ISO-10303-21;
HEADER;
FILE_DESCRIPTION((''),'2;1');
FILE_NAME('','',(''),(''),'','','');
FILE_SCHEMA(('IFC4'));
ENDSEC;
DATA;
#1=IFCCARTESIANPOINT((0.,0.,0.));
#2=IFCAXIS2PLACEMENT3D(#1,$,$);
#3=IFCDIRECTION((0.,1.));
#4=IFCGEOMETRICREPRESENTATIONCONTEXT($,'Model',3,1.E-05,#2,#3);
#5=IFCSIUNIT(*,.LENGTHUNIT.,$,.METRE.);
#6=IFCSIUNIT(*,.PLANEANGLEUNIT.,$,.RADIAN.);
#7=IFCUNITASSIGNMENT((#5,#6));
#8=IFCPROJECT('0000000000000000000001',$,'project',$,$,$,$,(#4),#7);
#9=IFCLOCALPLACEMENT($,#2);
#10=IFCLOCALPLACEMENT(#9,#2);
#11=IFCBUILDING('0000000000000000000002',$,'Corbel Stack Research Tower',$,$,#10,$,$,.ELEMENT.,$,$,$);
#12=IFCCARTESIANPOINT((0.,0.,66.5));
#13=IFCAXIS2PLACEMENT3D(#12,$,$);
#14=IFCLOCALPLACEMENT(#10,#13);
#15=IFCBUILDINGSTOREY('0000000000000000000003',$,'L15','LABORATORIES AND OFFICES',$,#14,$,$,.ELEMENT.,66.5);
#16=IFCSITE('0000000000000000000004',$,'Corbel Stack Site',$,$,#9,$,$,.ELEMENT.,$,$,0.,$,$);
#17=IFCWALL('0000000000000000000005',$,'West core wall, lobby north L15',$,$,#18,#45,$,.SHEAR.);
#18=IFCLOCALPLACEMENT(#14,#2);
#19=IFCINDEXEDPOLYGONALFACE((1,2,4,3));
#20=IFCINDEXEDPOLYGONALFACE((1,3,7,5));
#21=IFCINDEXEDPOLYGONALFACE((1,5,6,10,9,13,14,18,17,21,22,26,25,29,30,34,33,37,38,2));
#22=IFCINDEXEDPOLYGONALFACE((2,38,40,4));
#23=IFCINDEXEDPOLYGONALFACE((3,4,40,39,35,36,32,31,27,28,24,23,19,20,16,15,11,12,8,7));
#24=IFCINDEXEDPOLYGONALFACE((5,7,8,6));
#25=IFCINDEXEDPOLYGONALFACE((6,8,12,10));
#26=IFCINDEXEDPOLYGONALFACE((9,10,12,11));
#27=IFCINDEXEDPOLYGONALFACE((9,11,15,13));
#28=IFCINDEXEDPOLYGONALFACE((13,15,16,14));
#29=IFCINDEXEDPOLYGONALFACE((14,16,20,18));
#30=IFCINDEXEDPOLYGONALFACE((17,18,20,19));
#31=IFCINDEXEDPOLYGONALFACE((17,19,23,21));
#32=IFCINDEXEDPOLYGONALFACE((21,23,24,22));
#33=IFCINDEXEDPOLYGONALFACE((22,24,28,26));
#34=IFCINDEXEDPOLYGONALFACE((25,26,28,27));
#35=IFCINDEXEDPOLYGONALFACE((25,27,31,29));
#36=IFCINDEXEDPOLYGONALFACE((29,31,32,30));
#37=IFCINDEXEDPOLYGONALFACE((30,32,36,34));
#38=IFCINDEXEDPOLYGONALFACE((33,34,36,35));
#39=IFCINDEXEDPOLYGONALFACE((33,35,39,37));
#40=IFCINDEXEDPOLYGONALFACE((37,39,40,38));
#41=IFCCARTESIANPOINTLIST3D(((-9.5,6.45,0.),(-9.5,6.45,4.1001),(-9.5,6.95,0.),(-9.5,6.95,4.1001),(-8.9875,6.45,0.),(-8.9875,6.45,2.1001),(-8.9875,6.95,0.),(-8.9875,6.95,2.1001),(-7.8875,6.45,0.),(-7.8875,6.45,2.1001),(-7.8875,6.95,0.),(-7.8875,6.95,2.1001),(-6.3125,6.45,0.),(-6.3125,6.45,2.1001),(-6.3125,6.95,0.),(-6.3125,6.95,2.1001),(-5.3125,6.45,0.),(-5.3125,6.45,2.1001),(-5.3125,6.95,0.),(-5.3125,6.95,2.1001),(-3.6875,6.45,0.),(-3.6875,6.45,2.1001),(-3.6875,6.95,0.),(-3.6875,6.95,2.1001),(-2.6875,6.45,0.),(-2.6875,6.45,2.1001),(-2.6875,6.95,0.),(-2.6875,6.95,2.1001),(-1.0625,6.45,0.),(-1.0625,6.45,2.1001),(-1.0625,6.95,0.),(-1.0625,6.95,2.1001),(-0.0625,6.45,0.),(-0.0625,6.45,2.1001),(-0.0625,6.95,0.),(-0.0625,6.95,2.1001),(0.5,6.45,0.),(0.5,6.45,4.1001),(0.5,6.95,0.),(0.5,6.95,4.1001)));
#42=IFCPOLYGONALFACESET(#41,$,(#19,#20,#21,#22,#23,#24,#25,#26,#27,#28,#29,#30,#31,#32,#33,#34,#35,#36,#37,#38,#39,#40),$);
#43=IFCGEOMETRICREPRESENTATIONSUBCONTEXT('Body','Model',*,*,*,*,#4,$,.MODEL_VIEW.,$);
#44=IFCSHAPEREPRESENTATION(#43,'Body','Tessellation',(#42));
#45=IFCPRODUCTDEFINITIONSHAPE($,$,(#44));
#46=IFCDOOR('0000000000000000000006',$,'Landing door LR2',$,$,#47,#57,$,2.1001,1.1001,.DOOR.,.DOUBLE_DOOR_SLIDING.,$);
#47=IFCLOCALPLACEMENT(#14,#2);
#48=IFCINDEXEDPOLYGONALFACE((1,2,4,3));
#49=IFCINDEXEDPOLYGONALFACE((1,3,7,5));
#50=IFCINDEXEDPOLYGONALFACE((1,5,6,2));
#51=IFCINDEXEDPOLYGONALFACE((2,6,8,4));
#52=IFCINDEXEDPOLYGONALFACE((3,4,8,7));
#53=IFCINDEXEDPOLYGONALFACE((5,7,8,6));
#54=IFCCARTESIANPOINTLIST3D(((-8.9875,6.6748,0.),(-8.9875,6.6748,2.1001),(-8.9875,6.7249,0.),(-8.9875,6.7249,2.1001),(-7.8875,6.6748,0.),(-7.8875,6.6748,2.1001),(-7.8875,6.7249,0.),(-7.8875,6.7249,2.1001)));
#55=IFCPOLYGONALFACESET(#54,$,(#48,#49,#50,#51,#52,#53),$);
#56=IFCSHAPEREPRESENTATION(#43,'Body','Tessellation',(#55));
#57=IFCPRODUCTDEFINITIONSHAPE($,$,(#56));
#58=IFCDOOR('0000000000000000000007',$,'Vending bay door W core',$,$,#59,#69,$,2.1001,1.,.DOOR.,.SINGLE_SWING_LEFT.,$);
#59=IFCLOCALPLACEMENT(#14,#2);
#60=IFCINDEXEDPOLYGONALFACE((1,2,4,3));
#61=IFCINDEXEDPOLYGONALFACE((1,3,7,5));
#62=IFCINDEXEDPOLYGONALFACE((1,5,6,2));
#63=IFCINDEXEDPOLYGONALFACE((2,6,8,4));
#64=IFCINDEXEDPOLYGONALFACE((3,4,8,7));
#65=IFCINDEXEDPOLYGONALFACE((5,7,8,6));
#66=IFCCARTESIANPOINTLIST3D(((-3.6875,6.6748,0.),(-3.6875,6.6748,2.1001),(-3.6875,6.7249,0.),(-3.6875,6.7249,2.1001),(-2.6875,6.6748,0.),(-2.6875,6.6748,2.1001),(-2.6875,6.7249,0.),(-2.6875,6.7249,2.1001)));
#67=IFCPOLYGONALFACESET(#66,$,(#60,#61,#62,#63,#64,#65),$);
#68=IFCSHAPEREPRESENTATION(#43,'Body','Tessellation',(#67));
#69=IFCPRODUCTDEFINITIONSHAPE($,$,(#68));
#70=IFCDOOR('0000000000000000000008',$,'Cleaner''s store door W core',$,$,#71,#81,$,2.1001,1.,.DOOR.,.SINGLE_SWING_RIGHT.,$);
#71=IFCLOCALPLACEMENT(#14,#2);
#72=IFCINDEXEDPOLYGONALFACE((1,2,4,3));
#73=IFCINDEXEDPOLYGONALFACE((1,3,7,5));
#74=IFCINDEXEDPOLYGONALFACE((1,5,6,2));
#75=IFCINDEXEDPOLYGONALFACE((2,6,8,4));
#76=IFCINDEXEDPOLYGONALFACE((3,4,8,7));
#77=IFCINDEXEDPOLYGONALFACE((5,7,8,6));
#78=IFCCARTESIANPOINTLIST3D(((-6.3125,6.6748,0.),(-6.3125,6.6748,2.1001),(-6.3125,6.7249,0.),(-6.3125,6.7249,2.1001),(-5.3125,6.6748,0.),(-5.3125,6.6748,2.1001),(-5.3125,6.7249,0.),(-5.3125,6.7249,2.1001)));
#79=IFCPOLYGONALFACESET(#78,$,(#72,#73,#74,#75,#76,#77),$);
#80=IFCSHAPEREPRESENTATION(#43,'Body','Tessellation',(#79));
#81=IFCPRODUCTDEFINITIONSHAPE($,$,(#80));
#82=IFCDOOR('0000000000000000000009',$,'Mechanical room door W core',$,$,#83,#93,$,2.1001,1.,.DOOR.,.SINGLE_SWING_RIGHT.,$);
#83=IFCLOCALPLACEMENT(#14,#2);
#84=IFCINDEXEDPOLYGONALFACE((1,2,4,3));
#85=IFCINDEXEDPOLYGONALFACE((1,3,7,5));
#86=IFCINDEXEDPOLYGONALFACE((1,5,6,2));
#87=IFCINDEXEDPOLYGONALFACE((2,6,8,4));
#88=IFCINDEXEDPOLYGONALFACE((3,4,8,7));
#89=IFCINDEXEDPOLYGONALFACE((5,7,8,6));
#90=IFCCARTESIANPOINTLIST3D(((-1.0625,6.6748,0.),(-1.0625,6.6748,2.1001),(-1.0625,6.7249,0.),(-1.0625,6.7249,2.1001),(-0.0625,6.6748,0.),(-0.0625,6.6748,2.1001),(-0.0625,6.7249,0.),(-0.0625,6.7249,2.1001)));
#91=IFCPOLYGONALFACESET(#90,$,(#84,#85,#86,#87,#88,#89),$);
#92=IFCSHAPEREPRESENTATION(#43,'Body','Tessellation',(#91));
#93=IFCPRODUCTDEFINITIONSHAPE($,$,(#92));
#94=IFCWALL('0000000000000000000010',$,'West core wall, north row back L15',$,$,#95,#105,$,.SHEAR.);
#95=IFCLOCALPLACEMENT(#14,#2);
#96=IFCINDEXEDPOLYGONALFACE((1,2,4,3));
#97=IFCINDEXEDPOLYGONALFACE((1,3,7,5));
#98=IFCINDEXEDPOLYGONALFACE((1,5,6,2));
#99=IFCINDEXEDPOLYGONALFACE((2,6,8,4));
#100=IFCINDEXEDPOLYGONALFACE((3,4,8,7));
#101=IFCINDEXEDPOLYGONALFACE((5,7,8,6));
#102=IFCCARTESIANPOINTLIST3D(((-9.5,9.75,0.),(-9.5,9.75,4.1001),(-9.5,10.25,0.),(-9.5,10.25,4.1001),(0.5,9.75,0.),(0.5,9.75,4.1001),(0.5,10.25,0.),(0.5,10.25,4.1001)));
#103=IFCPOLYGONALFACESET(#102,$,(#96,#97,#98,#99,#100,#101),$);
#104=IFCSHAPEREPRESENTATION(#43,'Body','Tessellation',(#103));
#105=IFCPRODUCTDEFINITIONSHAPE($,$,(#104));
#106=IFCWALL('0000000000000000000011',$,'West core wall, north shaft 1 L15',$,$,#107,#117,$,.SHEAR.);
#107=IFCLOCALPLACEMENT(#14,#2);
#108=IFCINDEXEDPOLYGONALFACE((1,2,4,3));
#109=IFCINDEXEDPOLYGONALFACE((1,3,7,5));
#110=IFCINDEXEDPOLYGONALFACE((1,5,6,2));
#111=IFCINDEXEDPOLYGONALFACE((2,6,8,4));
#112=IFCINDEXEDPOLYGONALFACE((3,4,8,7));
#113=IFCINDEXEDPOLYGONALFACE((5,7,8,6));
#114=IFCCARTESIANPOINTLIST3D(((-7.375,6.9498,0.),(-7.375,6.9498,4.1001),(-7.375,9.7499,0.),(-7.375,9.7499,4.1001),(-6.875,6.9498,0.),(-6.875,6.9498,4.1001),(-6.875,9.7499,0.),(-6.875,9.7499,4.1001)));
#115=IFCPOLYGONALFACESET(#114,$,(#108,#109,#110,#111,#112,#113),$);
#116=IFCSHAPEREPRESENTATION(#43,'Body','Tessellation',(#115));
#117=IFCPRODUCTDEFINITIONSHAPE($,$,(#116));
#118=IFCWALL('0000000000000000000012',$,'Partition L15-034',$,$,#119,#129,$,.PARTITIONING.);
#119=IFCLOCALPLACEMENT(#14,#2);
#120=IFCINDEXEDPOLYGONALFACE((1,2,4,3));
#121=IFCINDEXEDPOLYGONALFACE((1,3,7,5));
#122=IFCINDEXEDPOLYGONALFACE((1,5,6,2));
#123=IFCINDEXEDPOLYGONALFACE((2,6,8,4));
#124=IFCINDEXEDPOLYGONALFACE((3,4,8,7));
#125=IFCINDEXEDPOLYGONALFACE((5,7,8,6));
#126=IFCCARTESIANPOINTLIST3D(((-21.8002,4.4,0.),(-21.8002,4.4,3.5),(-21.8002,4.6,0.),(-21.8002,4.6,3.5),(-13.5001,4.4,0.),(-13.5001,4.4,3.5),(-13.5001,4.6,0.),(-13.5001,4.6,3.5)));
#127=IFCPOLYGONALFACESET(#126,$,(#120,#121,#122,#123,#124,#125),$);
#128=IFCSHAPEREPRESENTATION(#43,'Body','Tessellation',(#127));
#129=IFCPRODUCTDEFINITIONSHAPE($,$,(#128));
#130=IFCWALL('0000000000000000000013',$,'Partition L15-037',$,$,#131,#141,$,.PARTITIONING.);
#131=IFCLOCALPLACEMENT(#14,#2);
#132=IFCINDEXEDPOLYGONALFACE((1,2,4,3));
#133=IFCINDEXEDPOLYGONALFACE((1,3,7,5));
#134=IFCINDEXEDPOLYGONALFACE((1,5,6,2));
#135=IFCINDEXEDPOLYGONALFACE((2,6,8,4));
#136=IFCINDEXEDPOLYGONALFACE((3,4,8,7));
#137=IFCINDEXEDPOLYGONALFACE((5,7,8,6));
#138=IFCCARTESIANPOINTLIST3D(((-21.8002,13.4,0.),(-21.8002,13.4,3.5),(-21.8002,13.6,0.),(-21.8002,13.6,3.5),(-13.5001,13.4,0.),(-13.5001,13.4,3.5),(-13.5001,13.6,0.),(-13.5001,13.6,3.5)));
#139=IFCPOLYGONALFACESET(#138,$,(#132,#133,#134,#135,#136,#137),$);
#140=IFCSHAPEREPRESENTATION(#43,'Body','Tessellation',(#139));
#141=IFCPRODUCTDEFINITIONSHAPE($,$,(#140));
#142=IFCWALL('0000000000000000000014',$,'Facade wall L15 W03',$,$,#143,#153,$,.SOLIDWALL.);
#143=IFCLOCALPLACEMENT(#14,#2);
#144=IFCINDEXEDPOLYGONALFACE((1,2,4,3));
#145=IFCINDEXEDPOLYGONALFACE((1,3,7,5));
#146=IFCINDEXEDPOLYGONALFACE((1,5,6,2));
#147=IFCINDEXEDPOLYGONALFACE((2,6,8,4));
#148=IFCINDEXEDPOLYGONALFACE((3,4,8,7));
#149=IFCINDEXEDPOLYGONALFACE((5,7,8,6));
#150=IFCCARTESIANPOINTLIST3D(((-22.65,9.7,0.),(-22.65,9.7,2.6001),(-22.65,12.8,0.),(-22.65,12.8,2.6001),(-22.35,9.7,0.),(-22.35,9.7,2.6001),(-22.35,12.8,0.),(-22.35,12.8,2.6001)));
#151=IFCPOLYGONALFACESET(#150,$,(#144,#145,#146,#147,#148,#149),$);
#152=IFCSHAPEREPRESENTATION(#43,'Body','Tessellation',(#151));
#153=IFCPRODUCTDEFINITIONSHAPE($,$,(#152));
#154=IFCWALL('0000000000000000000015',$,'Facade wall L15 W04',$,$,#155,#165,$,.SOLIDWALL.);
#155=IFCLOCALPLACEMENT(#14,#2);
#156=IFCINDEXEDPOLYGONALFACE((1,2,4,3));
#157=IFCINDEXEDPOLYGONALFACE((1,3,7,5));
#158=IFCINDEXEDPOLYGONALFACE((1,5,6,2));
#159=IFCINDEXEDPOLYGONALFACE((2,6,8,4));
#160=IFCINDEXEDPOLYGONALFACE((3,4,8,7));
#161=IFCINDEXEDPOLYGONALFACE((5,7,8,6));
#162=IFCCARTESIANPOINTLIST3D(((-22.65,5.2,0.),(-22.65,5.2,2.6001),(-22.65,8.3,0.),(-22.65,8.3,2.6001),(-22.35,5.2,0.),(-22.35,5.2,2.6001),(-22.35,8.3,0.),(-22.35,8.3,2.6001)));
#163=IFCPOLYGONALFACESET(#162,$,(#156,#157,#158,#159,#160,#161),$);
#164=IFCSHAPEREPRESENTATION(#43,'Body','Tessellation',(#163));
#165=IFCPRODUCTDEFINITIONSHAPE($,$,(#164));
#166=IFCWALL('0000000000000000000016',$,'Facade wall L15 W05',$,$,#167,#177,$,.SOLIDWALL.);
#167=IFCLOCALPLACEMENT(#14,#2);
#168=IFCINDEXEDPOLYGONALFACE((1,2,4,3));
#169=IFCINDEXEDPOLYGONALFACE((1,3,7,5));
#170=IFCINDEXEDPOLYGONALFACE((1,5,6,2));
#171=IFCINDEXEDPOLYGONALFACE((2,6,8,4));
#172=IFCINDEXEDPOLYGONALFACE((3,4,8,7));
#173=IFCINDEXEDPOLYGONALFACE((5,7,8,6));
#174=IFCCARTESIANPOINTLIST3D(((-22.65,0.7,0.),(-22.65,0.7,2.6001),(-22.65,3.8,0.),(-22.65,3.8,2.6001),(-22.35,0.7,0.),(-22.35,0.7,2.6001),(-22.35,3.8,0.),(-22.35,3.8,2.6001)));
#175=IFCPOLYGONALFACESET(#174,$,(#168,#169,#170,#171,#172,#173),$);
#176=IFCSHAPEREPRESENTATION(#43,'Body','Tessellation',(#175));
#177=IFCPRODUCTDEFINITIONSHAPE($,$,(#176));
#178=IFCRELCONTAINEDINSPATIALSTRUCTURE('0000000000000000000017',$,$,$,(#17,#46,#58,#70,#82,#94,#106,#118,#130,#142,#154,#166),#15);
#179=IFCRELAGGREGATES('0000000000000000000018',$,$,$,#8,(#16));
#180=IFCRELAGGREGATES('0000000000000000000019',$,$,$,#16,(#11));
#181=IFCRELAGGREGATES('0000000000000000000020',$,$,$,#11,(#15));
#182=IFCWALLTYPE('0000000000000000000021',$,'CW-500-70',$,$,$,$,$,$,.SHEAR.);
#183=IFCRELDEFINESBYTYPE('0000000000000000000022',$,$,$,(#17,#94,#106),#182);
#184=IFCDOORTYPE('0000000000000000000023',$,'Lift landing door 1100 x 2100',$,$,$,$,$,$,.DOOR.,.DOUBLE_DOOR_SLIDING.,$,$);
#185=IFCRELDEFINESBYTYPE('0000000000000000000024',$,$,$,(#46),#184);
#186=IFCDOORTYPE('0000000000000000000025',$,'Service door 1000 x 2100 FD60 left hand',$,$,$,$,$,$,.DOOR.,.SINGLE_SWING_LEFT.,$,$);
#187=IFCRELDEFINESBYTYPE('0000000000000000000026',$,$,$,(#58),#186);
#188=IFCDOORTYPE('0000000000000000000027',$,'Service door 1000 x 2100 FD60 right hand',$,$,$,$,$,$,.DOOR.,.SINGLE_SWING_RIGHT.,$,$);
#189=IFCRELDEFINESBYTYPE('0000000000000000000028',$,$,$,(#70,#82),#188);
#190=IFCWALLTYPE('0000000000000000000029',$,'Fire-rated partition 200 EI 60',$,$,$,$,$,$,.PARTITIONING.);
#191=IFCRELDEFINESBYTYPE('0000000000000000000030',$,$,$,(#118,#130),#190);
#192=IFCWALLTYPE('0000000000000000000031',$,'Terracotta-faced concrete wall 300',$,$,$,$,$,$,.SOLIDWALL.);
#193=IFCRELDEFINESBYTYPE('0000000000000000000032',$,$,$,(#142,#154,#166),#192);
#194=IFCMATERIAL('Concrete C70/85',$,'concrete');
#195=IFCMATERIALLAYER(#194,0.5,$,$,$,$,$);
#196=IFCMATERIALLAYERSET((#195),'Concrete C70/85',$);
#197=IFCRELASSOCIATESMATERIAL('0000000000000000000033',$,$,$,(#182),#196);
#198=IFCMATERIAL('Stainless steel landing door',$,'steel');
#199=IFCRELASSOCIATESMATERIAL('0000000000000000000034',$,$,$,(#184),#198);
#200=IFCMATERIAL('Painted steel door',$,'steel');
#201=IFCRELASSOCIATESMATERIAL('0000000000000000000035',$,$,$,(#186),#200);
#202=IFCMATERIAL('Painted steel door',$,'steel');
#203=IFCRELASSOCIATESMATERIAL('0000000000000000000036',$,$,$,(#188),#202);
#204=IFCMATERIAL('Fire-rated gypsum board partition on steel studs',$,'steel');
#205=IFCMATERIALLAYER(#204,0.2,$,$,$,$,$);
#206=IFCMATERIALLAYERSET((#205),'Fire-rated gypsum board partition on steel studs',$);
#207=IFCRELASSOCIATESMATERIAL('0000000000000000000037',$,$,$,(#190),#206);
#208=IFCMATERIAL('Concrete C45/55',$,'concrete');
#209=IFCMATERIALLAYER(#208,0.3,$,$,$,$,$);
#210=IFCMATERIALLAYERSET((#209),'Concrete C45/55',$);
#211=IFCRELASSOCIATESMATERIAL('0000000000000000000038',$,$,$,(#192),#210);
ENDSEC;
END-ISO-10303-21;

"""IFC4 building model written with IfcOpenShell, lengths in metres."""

from ifc_helpers import new_model, si_unit, direction, frame, frame_2d, origin, place, context, subcontext, project, spatial, rectangle, extrude, material, layer, layer_set, type_object, element, fill, save


model = new_model("IFC4")

# Units and contexts
model_context = context("Model", 3, precision=1e-05, world=origin(), true_north=direction((0.0, 1.0)))
body_context = subcontext(model_context, "Body", "Model", "MODEL_VIEW")
ifc_project = project(units=[si_unit("LENGTHUNIT", "METRE"), si_unit("PLANEANGLEUNIT", "RADIAN")], contexts=[model_context])

# Site, building, storey
site_placement = place(None, origin())
site = spatial("IfcSite", under=ifc_project, at=site_placement, Name="Corbel Stack Site", CompositionType="ELEMENT", RefElevation=0.0)
building_placement = place(site_placement, origin())
building = spatial("IfcBuilding", under=site, at=building_placement, Name="Corbel Stack Research Tower", CompositionType="ELEMENT")
storey_placement = place(building_placement, frame((0.0, 0.0, 66.5)))
storey = spatial("IfcBuildingStorey", under=building, at=storey_placement, Name="L15", Description="LABORATORIES AND OFFICES", CompositionType="ELEMENT", Elevation=66.5)

# Wall, openings, doors
ifc_material_1 = material(Name="Concrete C70/85", Category="concrete")
ifc_layer_1 = layer(ifc_material_1, 0.5)
ifc_layer_set_1 = layer_set([ifc_layer_1], Name="Concrete C70/85")
wall_type_1 = type_object("IfcWallType", Name="CW-500-70", PredefinedType="SHEAR", material=ifc_layer_set_1)
ifc_material_2 = material(Name="Stainless steel landing door", Category="steel")
door_type_1 = type_object("IfcDoorType", Name="Lift landing door 1100 x 2100", OperationType="DOUBLE_DOOR_SLIDING", PredefinedType="DOOR", material=ifc_material_2)
wall_1_placement = place(storey_placement, frame((-9.5, 6.7, 0.0), z_axis=(0.0, 0.0, 1.0), x_axis=(1.0, 0.0, 0.0)))
wall_1 = element("IfcWall", 1, at=wall_1_placement, inside=storey, type_object=wall_type_1, Name="West core wall, lobby north L15", PredefinedType="SHEAR", context=body_context, shape_type="SweptSolid", body=[
    extrude(rectangle(XDim=10.0, YDim=0.5, at=frame_2d((5.0, 0.0))), origin(), (0.0, 0.0, 1.0), 4.1001),
])
opening_1_placement = place(wall_1_placement, frame((0.5125, 0.0, 0.0)))
opening_1 = element("IfcOpeningElement", 2, at=opening_1_placement, cuts=wall_1, PredefinedType="OPENING", context=body_context, shape_type="SweptSolid", body=[
    extrude(rectangle(XDim=1.1001, YDim=2.1001, at=frame_2d((0.55, 1.05))), frame((0.0, 0.26, 0.0), z_axis=(0.0, -1.0, 0.0), x_axis=(1.0, 0.0, 0.0)), (0.0, 0.0, 1.0), 0.52),
])
opening_2_placement = place(wall_1_placement, frame((3.1875, 0.0, 0.0)))
opening_2 = element("IfcOpeningElement", 3, at=opening_2_placement, cuts=wall_1, PredefinedType="OPENING", context=body_context, shape_type="SweptSolid", body=[
    extrude(rectangle(XDim=1.0, YDim=2.1001, at=frame_2d((0.5, 1.05))), frame((0.0, 0.26, 0.0), z_axis=(0.0, -1.0, 0.0), x_axis=(1.0, 0.0, 0.0)), (0.0, 0.0, 1.0), 0.52),
])
opening_3_placement = place(wall_1_placement, frame((5.8125, 0.0, 0.0)))
opening_3 = element("IfcOpeningElement", 4, at=opening_3_placement, cuts=wall_1, PredefinedType="OPENING", context=body_context, shape_type="SweptSolid", body=[
    extrude(rectangle(XDim=1.0, YDim=2.1001, at=frame_2d((0.5, 1.05))), frame((0.0, 0.26, 0.0), z_axis=(0.0, -1.0, 0.0), x_axis=(1.0, 0.0, 0.0)), (0.0, 0.0, 1.0), 0.52),
])
opening_4_placement = place(wall_1_placement, frame((8.4375, 0.0, 0.0)))
opening_4 = element("IfcOpeningElement", 5, at=opening_4_placement, cuts=wall_1, PredefinedType="OPENING", context=body_context, shape_type="SweptSolid", body=[
    extrude(rectangle(XDim=1.0, YDim=2.1001, at=frame_2d((0.5, 1.05))), frame((0.0, 0.26, 0.0), z_axis=(0.0, -1.0, 0.0), x_axis=(1.0, 0.0, 0.0)), (0.0, 0.0, 1.0), 0.52),
])
door_1_placement = place(opening_1_placement, origin())
door_1 = element("IfcDoor", 6, at=door_1_placement, inside=storey, type_object=door_type_1, Name="Landing door LR2", OperationType="DOUBLE_DOOR_SLIDING", OverallHeight=2.1001, OverallWidth=1.1001, PredefinedType="DOOR", context=body_context, shape_type="SweptSolid", body=[
    extrude(rectangle(XDim=1.1001, YDim=2.1001, at=frame_2d((0.55, 1.05))), frame((0.0, 0.0249, 0.0), z_axis=(0.0, -1.0, 0.0), x_axis=(1.0, 0.0, 0.0)), (0.0, 0.0, 1.0), 0.05),
])
fill(opening_1, door_1)
ifc_material_3 = material(Name="Painted steel door", Category="steel")
door_type_2 = type_object("IfcDoorType", Name="Service door 1000 x 2100 FD60 left hand", OperationType="SINGLE_SWING_LEFT", PredefinedType="DOOR", material=ifc_material_3)
door_2_placement = place(opening_3_placement, origin())
door_2 = element("IfcDoor", 7, at=door_2_placement, inside=storey, type_object=door_type_2, Name="Vending bay door W core", OperationType="SINGLE_SWING_LEFT", OverallHeight=2.1001, OverallWidth=1.0, PredefinedType="DOOR", context=body_context, shape_type="SweptSolid", body=[
    extrude(rectangle(XDim=1.0, YDim=2.1001, at=frame_2d((0.5, 1.05))), frame((0.0, 0.0249, 0.0), z_axis=(0.0, -1.0, 0.0), x_axis=(1.0, 0.0, 0.0)), (0.0, 0.0, 1.0), 0.05),
])
fill(opening_3, door_2)
ifc_material_4 = material(Name="Painted steel door", Category="steel")
door_type_3 = type_object("IfcDoorType", Name="Service door 1000 x 2100 FD60 right hand", OperationType="SINGLE_SWING_RIGHT", PredefinedType="DOOR", material=ifc_material_4)
door_3_placement = place(opening_2_placement, origin())
door_3 = element("IfcDoor", 8, at=door_3_placement, inside=storey, type_object=door_type_3, Name="Cleaner's store door W core", OperationType="SINGLE_SWING_RIGHT", OverallHeight=2.1001, OverallWidth=1.0, PredefinedType="DOOR", context=body_context, shape_type="SweptSolid", body=[
    extrude(rectangle(XDim=1.0, YDim=2.1001, at=frame_2d((0.5, 1.05))), frame((0.0, 0.0249, 0.0), z_axis=(0.0, -1.0, 0.0), x_axis=(1.0, 0.0, 0.0)), (0.0, 0.0, 1.0), 0.05),
])
fill(opening_2, door_3)
door_4_placement = place(opening_4_placement, origin())
door_4 = element("IfcDoor", 9, at=door_4_placement, inside=storey, type_object=door_type_3, Name="Mechanical room door W core", OperationType="SINGLE_SWING_RIGHT", OverallHeight=2.1001, OverallWidth=1.0, PredefinedType="DOOR", context=body_context, shape_type="SweptSolid", body=[
    extrude(rectangle(XDim=1.0, YDim=2.1001, at=frame_2d((0.5, 1.05))), frame((0.0, 0.0249, 0.0), z_axis=(0.0, -1.0, 0.0), x_axis=(1.0, 0.0, 0.0)), (0.0, 0.0, 1.0), 0.05),
])
fill(opening_4, door_4)

# Walls
wall_2_placement = place(storey_placement, frame((-9.5, 10.0, 0.0), z_axis=(0.0, 0.0, 1.0), x_axis=(1.0, 0.0, 0.0)))
element("IfcWall", 10, at=wall_2_placement, inside=storey, type_object=wall_type_1, Name="West core wall, north row back L15", PredefinedType="SHEAR", context=body_context, shape_type="SweptSolid", body=[
    extrude(rectangle(XDim=10.0, YDim=0.5, at=frame_2d((5.0, 0.0))), origin(), (0.0, 0.0, 1.0), 4.1001),
])
wall_3_placement = place(storey_placement, frame((-7.125, 6.95, 0.0), z_axis=(0.0, 0.0, 1.0), x_axis=(0.0, 1.0, 0.0)))
element("IfcWall", 11, at=wall_3_placement, inside=storey, type_object=wall_type_1, Name="West core wall, north shaft 1 L15", PredefinedType="SHEAR", context=body_context, shape_type="SweptSolid", body=[
    extrude(rectangle(XDim=2.8, YDim=0.5, at=frame_2d((1.3999, 0.0))), origin(), (0.0, 0.0, 1.0), 4.1001),
])
ifc_material_5 = material(Name="Fire-rated gypsum board partition on steel studs", Category="steel")
ifc_layer_2 = layer(ifc_material_5, 0.2)
ifc_layer_set_2 = layer_set([ifc_layer_2], Name="Fire-rated gypsum board partition on steel studs")
wall_type_2 = type_object("IfcWallType", Name="Fire-rated partition 200 EI 60", PredefinedType="PARTITIONING", material=ifc_layer_set_2)
for number, where, z_axis, x_axis, name in (
    (12, (-21.8, 4.5, 0.0), (0.0, 0.0, 1.0), (1.0, 0.0, 0.0), "Partition L15-034"),
    (13, (-21.8, 13.5, 0.0), (0.0, 0.0, 1.0), (1.0, 0.0, 0.0), "Partition L15-037"),
):
    element("IfcWall", number, at=place(storey_placement, frame(where, z_axis=z_axis, x_axis=x_axis)), inside=storey, type_object=wall_type_2, Name=name, PredefinedType="PARTITIONING", context=body_context, shape_type="SweptSolid", body=[
        extrude(rectangle(XDim=8.3, YDim=0.2, at=frame_2d((4.1499, 0.0))), origin(), (0.0, 0.0, 1.0), 3.5),
    ])
ifc_material_6 = material(Name="Concrete C45/55", Category="concrete")
ifc_layer_3 = layer(ifc_material_6, 0.3)
ifc_layer_set_3 = layer_set([ifc_layer_3], Name="Concrete C45/55")
wall_type_3 = type_object("IfcWallType", Name="Terracotta-faced concrete wall 300", PredefinedType="SOLIDWALL", material=ifc_layer_set_3)
for number, where, z_axis, x_axis, name in (
    (14, (-22.5, 9.7, 0.0), (0.0, 0.0, 1.0), (0.0, 1.0, 0.0), "Facade wall L15 W03"),
    (15, (-22.5, 5.2, 0.0), (0.0, 0.0, 1.0), (0.0, 1.0, 0.0), "Facade wall L15 W04"),
    (16, (-22.5, 0.7, 0.0), (0.0, 0.0, 1.0), (0.0, 1.0, 0.0), "Facade wall L15 W05"),
):
    element("IfcWall", number, at=place(storey_placement, frame(where, z_axis=z_axis, x_axis=x_axis)), inside=storey, type_object=wall_type_3, Name=name, PredefinedType="SOLIDWALL", context=body_context, shape_type="SweptSolid", body=[
        extrude(rectangle(XDim=3.1001, YDim=0.3, at=frame_2d((1.55, 0.0))), origin(), (0.0, 0.0, 1.0), 2.6001),
    ])

save(model, "model.ifc")
